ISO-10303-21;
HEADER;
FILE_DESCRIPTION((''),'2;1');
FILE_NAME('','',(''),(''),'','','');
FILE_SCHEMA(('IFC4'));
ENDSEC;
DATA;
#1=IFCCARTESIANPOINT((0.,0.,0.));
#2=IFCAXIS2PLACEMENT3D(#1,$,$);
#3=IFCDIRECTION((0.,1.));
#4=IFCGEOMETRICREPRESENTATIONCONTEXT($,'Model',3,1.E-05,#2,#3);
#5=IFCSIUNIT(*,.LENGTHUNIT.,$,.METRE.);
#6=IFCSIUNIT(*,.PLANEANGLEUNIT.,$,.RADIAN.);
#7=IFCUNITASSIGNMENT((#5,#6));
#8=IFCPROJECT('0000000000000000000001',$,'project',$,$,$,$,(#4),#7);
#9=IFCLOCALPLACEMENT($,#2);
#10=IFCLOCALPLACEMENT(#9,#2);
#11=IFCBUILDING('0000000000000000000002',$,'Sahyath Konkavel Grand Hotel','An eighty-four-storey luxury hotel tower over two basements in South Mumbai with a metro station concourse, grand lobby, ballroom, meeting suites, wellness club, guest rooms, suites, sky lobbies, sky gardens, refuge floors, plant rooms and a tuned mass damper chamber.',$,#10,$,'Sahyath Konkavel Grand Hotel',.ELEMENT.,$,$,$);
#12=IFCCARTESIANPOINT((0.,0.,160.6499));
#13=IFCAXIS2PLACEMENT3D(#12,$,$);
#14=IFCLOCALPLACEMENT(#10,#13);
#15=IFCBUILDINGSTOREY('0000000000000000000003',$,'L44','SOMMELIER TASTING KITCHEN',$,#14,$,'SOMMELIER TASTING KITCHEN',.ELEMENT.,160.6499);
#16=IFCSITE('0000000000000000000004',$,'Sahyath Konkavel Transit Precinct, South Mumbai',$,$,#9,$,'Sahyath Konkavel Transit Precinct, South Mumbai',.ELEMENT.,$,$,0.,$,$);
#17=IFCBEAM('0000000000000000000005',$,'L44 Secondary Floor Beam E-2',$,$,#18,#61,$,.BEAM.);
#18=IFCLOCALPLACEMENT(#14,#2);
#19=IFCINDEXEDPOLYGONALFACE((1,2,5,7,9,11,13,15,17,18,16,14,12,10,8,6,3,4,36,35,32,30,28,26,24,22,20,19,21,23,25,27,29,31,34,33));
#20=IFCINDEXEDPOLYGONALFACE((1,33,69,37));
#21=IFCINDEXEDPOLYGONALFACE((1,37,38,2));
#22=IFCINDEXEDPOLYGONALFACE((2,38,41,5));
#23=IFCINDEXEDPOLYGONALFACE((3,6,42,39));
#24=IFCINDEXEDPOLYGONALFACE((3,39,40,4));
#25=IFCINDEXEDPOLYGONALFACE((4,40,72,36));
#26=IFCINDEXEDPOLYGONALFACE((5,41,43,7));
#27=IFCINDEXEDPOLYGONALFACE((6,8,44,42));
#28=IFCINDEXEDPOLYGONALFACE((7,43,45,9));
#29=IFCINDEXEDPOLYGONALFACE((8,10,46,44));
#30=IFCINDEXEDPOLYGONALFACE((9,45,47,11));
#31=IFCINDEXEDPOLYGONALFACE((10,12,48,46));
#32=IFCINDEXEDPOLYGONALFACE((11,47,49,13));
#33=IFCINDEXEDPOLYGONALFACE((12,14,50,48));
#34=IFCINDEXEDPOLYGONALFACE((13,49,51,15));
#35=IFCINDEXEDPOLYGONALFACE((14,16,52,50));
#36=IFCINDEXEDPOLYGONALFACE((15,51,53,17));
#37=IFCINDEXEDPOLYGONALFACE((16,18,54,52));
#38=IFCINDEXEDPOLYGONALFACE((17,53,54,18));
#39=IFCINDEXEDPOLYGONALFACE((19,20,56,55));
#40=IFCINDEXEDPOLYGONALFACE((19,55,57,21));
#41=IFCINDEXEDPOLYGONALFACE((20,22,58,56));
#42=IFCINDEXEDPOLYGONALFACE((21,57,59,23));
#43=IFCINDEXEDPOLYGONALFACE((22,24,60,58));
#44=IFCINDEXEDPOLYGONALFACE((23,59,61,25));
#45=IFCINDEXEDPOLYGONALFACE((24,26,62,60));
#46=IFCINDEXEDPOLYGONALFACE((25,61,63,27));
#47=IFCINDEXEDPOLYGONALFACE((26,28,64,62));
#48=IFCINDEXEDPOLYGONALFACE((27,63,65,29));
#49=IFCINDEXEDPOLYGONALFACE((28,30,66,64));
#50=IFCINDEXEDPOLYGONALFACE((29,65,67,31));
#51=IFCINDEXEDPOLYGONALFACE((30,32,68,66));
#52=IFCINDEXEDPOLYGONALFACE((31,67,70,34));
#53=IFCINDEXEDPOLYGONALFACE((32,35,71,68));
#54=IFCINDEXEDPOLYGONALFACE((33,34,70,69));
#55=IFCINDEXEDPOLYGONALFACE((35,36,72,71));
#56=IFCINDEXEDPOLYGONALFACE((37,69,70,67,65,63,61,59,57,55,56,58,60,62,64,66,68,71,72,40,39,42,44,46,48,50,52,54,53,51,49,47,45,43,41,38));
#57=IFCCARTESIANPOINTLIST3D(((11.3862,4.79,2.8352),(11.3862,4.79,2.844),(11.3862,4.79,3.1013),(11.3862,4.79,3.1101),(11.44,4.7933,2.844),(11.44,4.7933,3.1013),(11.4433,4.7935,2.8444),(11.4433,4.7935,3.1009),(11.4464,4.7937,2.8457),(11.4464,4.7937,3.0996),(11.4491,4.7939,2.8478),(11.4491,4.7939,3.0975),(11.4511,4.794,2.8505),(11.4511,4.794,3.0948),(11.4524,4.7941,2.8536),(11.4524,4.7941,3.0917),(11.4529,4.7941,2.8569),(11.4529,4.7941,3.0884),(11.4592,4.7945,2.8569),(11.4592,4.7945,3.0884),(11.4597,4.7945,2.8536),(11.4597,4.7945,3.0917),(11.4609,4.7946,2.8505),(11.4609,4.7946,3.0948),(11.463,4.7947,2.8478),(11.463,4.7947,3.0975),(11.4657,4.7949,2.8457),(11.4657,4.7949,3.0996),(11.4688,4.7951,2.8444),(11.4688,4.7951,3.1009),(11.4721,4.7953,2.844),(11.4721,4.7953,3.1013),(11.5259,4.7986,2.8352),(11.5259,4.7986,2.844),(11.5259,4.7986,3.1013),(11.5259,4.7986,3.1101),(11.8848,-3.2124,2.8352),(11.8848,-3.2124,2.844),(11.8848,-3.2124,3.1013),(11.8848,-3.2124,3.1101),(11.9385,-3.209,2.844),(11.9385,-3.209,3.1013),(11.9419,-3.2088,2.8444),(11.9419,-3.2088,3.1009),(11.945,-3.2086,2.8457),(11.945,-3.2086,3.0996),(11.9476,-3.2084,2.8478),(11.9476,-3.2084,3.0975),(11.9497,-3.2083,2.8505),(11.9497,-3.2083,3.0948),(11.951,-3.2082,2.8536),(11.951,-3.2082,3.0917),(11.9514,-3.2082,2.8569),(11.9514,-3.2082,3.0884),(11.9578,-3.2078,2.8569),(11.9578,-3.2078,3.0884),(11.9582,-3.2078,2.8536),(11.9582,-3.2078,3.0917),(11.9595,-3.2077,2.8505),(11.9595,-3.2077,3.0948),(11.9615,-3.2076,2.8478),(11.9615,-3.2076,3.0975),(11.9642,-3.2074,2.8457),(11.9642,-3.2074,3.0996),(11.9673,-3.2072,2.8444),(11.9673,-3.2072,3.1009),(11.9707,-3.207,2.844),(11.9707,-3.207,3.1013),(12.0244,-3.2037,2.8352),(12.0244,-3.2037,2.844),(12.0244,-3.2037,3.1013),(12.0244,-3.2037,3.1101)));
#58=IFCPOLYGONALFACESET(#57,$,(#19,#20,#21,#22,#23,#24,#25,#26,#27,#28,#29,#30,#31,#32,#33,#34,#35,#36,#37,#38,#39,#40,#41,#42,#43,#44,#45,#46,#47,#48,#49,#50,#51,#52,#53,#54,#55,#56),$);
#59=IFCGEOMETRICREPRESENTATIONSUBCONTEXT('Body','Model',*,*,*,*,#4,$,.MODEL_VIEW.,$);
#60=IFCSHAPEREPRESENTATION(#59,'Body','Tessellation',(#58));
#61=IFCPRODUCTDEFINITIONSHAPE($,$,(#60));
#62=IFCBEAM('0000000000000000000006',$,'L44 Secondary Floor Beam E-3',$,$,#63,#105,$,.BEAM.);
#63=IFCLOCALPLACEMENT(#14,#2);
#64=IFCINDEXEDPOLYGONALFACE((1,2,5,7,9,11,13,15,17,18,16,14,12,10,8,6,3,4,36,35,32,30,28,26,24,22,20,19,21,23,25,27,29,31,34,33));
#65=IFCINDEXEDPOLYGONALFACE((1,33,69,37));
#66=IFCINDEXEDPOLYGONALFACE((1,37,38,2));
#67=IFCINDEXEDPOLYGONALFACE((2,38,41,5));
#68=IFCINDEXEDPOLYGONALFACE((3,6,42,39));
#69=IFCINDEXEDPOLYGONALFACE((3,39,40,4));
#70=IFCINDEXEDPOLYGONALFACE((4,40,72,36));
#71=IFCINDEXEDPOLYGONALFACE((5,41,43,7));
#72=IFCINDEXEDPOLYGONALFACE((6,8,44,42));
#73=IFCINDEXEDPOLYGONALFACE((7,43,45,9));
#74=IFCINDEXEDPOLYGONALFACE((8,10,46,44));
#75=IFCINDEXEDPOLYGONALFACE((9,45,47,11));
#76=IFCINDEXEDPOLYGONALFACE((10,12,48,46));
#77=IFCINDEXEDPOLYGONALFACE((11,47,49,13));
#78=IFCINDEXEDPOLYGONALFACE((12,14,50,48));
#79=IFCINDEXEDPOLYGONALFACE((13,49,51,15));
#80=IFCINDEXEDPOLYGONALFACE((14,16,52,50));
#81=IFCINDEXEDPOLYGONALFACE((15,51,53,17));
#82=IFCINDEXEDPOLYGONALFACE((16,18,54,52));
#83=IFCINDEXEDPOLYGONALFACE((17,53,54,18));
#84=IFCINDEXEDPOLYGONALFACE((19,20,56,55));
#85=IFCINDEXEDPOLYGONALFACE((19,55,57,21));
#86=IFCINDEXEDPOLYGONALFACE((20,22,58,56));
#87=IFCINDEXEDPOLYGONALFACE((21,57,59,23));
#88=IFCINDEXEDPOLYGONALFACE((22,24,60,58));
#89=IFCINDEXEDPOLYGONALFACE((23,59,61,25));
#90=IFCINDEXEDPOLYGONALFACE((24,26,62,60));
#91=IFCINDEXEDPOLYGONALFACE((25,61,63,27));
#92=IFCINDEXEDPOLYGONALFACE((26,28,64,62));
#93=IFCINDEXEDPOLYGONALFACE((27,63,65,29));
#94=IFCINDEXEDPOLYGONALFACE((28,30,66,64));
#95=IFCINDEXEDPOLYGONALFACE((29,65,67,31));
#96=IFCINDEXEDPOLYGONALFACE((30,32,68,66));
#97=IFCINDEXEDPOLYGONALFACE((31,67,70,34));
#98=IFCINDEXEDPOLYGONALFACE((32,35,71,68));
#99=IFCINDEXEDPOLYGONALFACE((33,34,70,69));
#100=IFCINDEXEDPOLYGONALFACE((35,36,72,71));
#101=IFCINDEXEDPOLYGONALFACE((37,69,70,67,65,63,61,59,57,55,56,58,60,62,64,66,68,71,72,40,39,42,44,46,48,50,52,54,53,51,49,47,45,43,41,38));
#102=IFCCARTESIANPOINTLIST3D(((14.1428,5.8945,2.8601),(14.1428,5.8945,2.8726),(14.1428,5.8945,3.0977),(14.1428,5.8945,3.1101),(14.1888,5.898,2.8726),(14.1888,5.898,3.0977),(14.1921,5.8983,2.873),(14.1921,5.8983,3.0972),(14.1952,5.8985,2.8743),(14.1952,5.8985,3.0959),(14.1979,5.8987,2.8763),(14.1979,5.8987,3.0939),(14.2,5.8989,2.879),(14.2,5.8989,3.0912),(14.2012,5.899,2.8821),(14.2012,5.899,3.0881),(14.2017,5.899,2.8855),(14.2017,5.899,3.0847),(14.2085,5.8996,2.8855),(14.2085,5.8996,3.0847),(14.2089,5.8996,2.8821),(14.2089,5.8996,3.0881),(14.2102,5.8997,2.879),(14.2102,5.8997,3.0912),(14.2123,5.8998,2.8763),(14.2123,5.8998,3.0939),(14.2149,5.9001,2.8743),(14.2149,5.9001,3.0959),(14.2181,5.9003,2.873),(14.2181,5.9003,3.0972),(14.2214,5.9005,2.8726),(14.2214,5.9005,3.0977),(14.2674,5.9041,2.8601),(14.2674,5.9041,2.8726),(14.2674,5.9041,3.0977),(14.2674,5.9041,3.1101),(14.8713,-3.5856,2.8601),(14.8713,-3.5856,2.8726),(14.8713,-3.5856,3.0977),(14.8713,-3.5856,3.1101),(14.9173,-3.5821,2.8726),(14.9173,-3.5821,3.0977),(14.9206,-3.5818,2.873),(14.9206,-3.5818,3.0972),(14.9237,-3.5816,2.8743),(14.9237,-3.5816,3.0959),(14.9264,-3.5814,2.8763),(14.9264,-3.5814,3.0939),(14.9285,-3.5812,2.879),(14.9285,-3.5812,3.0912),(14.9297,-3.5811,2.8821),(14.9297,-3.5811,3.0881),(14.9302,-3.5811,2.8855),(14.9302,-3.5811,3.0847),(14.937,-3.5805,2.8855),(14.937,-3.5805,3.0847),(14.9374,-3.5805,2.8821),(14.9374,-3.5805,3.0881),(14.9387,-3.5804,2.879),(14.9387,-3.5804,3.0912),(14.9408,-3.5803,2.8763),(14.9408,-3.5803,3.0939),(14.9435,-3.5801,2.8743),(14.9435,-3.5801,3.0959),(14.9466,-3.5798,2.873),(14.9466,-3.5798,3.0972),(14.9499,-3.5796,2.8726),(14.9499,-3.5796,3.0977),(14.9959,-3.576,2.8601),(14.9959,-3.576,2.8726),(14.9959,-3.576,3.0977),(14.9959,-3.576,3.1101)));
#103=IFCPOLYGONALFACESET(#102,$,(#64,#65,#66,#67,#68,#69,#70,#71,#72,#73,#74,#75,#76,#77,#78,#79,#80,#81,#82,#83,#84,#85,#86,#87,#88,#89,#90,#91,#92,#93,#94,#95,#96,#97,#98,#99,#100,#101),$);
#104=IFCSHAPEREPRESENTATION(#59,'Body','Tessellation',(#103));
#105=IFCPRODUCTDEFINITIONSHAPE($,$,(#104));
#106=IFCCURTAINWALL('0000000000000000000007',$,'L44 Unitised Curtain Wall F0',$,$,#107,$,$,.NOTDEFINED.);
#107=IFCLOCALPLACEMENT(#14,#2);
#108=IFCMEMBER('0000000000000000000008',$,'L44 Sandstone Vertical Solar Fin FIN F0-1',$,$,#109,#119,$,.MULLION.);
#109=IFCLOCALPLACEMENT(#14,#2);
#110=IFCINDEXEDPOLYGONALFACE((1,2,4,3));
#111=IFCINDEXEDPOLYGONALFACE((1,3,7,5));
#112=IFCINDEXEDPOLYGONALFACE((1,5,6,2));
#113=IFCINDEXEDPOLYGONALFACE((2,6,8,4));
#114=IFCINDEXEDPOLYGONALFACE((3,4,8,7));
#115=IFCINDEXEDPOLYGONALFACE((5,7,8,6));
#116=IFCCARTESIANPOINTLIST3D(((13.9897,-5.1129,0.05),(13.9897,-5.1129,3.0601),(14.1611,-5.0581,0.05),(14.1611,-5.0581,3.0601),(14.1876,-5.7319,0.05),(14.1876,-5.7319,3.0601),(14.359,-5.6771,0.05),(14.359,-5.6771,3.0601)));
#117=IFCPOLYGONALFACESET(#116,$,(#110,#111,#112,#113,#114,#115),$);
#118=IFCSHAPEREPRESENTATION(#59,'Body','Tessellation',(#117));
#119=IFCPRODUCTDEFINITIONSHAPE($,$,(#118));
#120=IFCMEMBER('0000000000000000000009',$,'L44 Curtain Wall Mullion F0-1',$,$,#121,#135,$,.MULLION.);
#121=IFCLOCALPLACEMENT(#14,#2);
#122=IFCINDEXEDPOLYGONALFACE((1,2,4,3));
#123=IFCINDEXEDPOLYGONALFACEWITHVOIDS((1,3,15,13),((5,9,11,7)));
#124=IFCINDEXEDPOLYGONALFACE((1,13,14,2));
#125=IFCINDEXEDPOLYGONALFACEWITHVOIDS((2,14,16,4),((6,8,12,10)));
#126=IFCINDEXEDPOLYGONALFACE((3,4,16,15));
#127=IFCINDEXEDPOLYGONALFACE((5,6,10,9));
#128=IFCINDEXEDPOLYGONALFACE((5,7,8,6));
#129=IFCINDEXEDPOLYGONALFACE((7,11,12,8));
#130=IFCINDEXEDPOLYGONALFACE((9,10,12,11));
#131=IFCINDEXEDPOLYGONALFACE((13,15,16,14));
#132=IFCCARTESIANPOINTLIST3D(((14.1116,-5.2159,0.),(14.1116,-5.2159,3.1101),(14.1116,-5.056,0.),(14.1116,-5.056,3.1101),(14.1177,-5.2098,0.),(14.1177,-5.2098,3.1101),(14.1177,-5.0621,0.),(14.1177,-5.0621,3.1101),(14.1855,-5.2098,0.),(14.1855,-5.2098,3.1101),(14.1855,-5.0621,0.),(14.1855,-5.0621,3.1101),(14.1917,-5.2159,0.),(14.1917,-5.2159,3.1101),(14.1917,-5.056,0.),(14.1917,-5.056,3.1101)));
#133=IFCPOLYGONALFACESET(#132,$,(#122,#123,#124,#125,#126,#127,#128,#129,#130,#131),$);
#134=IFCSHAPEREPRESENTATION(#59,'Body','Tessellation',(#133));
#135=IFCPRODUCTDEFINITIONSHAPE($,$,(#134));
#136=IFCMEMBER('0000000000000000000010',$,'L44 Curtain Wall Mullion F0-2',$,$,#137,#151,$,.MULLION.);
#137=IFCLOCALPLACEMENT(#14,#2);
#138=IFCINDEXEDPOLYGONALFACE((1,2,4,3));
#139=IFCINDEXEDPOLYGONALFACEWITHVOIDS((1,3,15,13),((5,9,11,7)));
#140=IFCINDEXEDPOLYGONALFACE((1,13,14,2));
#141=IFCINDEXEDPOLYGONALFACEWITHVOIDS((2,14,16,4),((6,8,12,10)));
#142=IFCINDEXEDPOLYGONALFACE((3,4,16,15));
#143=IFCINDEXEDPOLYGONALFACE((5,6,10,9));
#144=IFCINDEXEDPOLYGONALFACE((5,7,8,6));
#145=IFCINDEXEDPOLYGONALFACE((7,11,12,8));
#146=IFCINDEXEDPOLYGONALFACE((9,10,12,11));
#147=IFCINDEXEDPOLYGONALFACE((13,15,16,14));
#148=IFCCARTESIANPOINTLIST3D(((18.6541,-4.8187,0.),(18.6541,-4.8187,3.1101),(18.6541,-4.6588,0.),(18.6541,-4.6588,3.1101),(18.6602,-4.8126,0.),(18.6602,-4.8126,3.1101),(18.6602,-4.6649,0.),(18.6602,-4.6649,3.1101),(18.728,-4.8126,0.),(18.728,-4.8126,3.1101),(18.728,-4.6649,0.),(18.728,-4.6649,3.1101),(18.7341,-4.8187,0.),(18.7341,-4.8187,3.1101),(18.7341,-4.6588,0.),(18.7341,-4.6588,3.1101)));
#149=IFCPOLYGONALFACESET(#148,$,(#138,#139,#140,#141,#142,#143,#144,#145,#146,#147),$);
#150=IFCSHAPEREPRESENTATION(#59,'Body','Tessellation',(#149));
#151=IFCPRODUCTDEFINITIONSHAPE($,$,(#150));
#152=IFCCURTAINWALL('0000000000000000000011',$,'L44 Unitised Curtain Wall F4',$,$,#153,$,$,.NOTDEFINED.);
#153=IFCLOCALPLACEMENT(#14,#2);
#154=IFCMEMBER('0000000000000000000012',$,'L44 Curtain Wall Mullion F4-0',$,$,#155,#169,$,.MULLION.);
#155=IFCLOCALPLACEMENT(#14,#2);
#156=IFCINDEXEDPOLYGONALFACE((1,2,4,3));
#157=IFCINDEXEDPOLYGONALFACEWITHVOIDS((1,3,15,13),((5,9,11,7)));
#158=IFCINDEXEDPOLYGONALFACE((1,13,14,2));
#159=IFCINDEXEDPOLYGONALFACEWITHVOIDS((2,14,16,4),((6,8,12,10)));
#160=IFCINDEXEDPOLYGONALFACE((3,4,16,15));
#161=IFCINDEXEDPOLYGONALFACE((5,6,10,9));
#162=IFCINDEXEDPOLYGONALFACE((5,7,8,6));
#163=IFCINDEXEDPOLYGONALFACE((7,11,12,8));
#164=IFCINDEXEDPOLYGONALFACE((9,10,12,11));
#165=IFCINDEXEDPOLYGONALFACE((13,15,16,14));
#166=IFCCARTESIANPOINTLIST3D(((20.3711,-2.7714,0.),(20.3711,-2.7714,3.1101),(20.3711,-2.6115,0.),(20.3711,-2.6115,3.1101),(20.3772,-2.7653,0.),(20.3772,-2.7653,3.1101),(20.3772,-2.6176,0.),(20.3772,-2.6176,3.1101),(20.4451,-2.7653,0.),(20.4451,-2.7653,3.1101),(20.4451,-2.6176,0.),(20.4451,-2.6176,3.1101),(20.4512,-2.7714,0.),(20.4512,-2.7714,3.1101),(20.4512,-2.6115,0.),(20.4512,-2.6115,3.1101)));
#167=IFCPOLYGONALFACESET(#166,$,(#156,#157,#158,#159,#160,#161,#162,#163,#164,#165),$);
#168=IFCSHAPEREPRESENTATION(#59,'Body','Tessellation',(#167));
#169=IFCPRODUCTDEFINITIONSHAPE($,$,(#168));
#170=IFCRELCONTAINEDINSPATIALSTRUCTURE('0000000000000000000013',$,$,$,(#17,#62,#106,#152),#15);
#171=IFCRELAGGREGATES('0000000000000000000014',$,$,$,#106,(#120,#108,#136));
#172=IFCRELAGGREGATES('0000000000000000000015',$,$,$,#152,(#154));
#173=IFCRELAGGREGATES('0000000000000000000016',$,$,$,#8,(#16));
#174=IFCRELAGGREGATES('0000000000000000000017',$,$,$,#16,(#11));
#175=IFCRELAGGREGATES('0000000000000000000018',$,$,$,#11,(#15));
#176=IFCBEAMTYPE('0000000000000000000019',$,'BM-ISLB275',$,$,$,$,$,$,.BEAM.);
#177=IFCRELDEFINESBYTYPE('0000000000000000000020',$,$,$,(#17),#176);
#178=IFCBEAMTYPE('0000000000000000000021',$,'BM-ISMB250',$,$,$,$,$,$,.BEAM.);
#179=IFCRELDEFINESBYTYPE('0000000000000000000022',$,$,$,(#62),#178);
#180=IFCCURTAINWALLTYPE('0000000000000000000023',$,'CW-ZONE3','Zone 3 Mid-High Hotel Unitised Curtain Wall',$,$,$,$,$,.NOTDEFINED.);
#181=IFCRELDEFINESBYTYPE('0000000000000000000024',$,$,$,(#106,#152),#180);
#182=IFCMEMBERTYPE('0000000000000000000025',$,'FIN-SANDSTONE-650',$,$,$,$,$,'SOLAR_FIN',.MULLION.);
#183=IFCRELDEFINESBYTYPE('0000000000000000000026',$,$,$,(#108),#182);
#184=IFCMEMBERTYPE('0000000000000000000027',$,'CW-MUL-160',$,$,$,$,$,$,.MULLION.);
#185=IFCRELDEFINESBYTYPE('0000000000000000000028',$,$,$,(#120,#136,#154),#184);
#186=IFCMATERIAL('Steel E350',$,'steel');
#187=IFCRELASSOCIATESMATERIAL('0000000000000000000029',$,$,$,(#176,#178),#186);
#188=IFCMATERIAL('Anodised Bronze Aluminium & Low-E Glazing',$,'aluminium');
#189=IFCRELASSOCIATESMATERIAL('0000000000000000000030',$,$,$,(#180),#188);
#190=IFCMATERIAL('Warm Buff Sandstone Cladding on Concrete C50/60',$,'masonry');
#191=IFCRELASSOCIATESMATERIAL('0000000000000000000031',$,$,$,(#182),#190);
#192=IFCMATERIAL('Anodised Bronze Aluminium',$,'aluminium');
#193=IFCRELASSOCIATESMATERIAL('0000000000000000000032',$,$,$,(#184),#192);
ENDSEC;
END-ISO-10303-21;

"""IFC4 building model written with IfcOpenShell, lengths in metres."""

from ifc_helpers import new_model, si_unit, direction, frame, origin, origin_2d, place, context, subcontext, project, spatial, rectangle, hollow_rectangle, i_section, extrude, source, transform, mapped, material, material_profile, profile_set, type_object, element, aggregate, save


model = new_model("IFC4")

# Units and contexts
model_context = context("Model", 3, precision=1e-05, world=origin(), true_north=direction((0.0, 1.0)))
body_context = subcontext(model_context, "Body", "Model", "MODEL_VIEW")
ifc_project = project(units=[si_unit("LENGTHUNIT", "METRE"), si_unit("PLANEANGLEUNIT", "RADIAN")], contexts=[model_context])

# Site, building, storey
site_placement = place(None, origin())
site = spatial("IfcSite", under=ifc_project, at=site_placement, Name="Sahyath Konkavel Transit Precinct, South Mumbai", LongName="Sahyath Konkavel Transit Precinct, South Mumbai", CompositionType="ELEMENT", RefElevation=0.0)
building_placement = place(site_placement, origin())
building = spatial("IfcBuilding", under=site, at=building_placement, Name="Sahyath Konkavel Grand Hotel", Description="An eighty-four-storey luxury hotel tower over two basements in South Mumbai with a metro station concourse, grand lobby, ballroom, meeting suites, wellness club, guest rooms, suites, sky lobbies, sky gardens, refuge floors, plant rooms and a tuned mass damper chamber.", LongName="Sahyath Konkavel Grand Hotel", CompositionType="ELEMENT")
storey_placement = place(building_placement, frame((0.0, 0.0, 160.6499)))
storey = spatial("IfcBuildingStorey", under=building, at=storey_placement, Name="L44", Description="SOMMELIER TASTING KITCHEN", LongName="SOMMELIER TASTING KITCHEN", CompositionType="ELEMENT", Elevation=160.6499)

# Beams
ifc_material_1 = material(Name="Steel E350", Category="steel")
ifc_material_profile_1 = material_profile(ifc_material_1, i_section(OverallWidth=0.1399, OverallDepth=0.2749, WebThickness=0.0063, FlangeThickness=0.0088, FilletRadius=0.0129, at=origin_2d()), Name="ISLB 275")
ifc_profile_set_1 = profile_set([ifc_material_profile_1], Name="Steel E350")
beam_type_1 = type_object("IfcBeamType", Name="BM-ISLB275", PredefinedType="BEAM", material=ifc_profile_set_1)
shared_shape_1 = source(origin(), body_context, "Body", "SweptSolid", [
    extrude(i_section(OverallWidth=0.1399, OverallDepth=0.2749, WebThickness=0.0063, FlangeThickness=0.0088, FilletRadius=0.0129, at=origin_2d()), origin(), (0.0, 0.0, 1.0), 8.0178),
])
beam_1_placement = place(storey_placement, frame((11.9546, -3.208, 2.9727), z_axis=(-0.062179, 0.998065, 0.0), x_axis=(-0.998065, -0.062179, 0.0)))
element("IfcBeam", 1, at=beam_1_placement, inside=storey, type_object=beam_type_1, Name="L44 Secondary Floor Beam E-2", PredefinedType="BEAM", context=body_context, shape_type="MappedRepresentation", body=[
    mapped(shared_shape_1, transform((0.0, 0.0, 0.0), scale=1.0)),
])
ifc_material_profile_2 = material_profile(ifc_material_1, i_section(OverallWidth=0.125, OverallDepth=0.25, WebThickness=0.0068, FlangeThickness=0.0125, FilletRadius=0.0129, at=origin_2d()), Name="ISMB 250")
ifc_profile_set_2 = profile_set([ifc_material_profile_2], Name="Steel E350")
beam_type_2 = type_object("IfcBeamType", Name="BM-ISMB250", PredefinedType="BEAM", material=ifc_profile_set_2)
shared_shape_2 = source(origin(), body_context, "Body", "SweptSolid", [
    extrude(i_section(OverallWidth=0.125, OverallDepth=0.25, WebThickness=0.0068, FlangeThickness=0.0125, FilletRadius=0.0129, at=origin_2d()), origin(), (0.0, 0.0, 1.0), 9.5081),
])
beam_2_placement = place(storey_placement, frame((14.9336, -3.5808, 2.9851), z_axis=(-0.07662, 0.99706, 0.0), x_axis=(-0.99706, -0.07662, 0.0)))
element("IfcBeam", 2, at=beam_2_placement, inside=storey, type_object=beam_type_2, Name="L44 Secondary Floor Beam E-3", PredefinedType="BEAM", context=body_context, shape_type="MappedRepresentation", body=[
    mapped(shared_shape_2, transform((0.0, 0.0, 0.0), scale=1.0)),
])

# Curtain wall, members
ifc_material_2 = material(Name="Anodised Bronze Aluminium & Low-E Glazing", Category="aluminium")
curtain_wall_type = type_object("IfcCurtainWallType", Name="CW-ZONE3", Description="Zone 3 Mid-High Hotel Unitised Curtain Wall", PredefinedType="NOTDEFINED", material=ifc_material_2)
curtain_wall_1_placement = place(storey_placement, origin())
curtain_wall_1 = element("IfcCurtainWall", 3, at=curtain_wall_1_placement, inside=storey, type_object=curtain_wall_type, Name="L44 Unitised Curtain Wall F0", PredefinedType="NOTDEFINED")
ifc_material_3 = material(Name="Warm Buff Sandstone Cladding on Concrete C50/60", Category="masonry")
ifc_material_profile_3 = material_profile(ifc_material_3, rectangle(XDim=0.1799, YDim=0.6499, at=origin_2d()), Name="FIN 180x650")
ifc_profile_set_3 = profile_set([ifc_material_profile_3], Name="Warm Buff Sandstone Cladding on Concrete C50/60")
member_type_1 = type_object("IfcMemberType", Name="FIN-SANDSTONE-650", ElementType="SOLAR_FIN", PredefinedType="MULLION", material=ifc_profile_set_3)
shared_shape_3 = source(origin(), body_context, "Body", "SweptSolid", [
    extrude(rectangle(XDim=0.1799, YDim=0.6499, at=origin_2d()), origin(), (0.0, 0.0, 1.0), 3.01),
])
member_1_placement = place(storey_placement, frame((14.1743, -5.395, 0.05), z_axis=(0.0, 0.0, 1.0), x_axis=(0.952502, 0.304532, 0.0)))
member_1 = element("IfcMember", 4, at=member_1_placement, type_object=member_type_1, Name="L44 Sandstone Vertical Solar Fin FIN F0-1", PredefinedType="MULLION", context=body_context, shape_type="MappedRepresentation", body=[
    mapped(shared_shape_3, transform((0.0, 0.0, 0.0), scale=1.0)),
])
ifc_material_4 = material(Name="Anodised Bronze Aluminium", Category="aluminium")
ifc_material_profile_4 = material_profile(ifc_material_4, hollow_rectangle(XDim=0.0801, YDim=0.1599, WallThickness=0.0061, at=origin_2d()), Name="RHS 160x80x6")
ifc_profile_set_4 = profile_set([ifc_material_profile_4], Name="Anodised Bronze Aluminium")
member_type_2 = type_object("IfcMemberType", Name="CW-MUL-160", PredefinedType="MULLION", material=ifc_profile_set_4)
shared_shape_4 = source(origin(), body_context, "Body", "SweptSolid", [
    extrude(hollow_rectangle(XDim=0.0801, YDim=0.1599, WallThickness=0.0061, at=origin_2d()), origin(), (0.0, 0.0, 1.0), 3.1101),
])
member_2_placement = place(storey_placement, frame((14.1516, -5.136, 0.0), z_axis=(0.0, 0.0, 1.0), x_axis=(1.0, 0.0, 0.0)))
member_2 = element("IfcMember", 5, at=member_2_placement, type_object=member_type_2, Name="L44 Curtain Wall Mullion F0-1", PredefinedType="MULLION", context=body_context, shape_type="MappedRepresentation", body=[
    mapped(shared_shape_4, transform((0.0, 0.0, 0.0), scale=1.0)),
])
member_3_placement = place(storey_placement, frame((18.6941, -4.7388, 0.0), z_axis=(0.0, 0.0, 1.0), x_axis=(1.0, 0.0, 0.0)))
member_3 = element("IfcMember", 6, at=member_3_placement, type_object=member_type_2, Name="L44 Curtain Wall Mullion F0-2", PredefinedType="MULLION", context=body_context, shape_type="MappedRepresentation", body=[
    mapped(shared_shape_4, transform((0.0, 0.0, 0.0), scale=1.0)),
])

# Curtain wall, member
curtain_wall_2_placement = place(storey_placement, origin())
curtain_wall_2 = element("IfcCurtainWall", 7, at=curtain_wall_2_placement, inside=storey, type_object=curtain_wall_type, Name="L44 Unitised Curtain Wall F4", PredefinedType="NOTDEFINED")
member_4_placement = place(storey_placement, frame((20.4111, -2.6914, 0.0), z_axis=(0.0, 0.0, 1.0), x_axis=(1.0, 0.0, 0.0)))
member_4 = element("IfcMember", 8, at=member_4_placement, type_object=member_type_2, Name="L44 Curtain Wall Mullion F4-0", PredefinedType="MULLION", context=body_context, shape_type="MappedRepresentation", body=[
    mapped(shared_shape_4, transform((0.0, 0.0, 0.0), scale=1.0)),
])

aggregate(curtain_wall_1, [member_2, member_1, member_3])
aggregate(curtain_wall_2, [member_4])

save(model, "model.ifc")
